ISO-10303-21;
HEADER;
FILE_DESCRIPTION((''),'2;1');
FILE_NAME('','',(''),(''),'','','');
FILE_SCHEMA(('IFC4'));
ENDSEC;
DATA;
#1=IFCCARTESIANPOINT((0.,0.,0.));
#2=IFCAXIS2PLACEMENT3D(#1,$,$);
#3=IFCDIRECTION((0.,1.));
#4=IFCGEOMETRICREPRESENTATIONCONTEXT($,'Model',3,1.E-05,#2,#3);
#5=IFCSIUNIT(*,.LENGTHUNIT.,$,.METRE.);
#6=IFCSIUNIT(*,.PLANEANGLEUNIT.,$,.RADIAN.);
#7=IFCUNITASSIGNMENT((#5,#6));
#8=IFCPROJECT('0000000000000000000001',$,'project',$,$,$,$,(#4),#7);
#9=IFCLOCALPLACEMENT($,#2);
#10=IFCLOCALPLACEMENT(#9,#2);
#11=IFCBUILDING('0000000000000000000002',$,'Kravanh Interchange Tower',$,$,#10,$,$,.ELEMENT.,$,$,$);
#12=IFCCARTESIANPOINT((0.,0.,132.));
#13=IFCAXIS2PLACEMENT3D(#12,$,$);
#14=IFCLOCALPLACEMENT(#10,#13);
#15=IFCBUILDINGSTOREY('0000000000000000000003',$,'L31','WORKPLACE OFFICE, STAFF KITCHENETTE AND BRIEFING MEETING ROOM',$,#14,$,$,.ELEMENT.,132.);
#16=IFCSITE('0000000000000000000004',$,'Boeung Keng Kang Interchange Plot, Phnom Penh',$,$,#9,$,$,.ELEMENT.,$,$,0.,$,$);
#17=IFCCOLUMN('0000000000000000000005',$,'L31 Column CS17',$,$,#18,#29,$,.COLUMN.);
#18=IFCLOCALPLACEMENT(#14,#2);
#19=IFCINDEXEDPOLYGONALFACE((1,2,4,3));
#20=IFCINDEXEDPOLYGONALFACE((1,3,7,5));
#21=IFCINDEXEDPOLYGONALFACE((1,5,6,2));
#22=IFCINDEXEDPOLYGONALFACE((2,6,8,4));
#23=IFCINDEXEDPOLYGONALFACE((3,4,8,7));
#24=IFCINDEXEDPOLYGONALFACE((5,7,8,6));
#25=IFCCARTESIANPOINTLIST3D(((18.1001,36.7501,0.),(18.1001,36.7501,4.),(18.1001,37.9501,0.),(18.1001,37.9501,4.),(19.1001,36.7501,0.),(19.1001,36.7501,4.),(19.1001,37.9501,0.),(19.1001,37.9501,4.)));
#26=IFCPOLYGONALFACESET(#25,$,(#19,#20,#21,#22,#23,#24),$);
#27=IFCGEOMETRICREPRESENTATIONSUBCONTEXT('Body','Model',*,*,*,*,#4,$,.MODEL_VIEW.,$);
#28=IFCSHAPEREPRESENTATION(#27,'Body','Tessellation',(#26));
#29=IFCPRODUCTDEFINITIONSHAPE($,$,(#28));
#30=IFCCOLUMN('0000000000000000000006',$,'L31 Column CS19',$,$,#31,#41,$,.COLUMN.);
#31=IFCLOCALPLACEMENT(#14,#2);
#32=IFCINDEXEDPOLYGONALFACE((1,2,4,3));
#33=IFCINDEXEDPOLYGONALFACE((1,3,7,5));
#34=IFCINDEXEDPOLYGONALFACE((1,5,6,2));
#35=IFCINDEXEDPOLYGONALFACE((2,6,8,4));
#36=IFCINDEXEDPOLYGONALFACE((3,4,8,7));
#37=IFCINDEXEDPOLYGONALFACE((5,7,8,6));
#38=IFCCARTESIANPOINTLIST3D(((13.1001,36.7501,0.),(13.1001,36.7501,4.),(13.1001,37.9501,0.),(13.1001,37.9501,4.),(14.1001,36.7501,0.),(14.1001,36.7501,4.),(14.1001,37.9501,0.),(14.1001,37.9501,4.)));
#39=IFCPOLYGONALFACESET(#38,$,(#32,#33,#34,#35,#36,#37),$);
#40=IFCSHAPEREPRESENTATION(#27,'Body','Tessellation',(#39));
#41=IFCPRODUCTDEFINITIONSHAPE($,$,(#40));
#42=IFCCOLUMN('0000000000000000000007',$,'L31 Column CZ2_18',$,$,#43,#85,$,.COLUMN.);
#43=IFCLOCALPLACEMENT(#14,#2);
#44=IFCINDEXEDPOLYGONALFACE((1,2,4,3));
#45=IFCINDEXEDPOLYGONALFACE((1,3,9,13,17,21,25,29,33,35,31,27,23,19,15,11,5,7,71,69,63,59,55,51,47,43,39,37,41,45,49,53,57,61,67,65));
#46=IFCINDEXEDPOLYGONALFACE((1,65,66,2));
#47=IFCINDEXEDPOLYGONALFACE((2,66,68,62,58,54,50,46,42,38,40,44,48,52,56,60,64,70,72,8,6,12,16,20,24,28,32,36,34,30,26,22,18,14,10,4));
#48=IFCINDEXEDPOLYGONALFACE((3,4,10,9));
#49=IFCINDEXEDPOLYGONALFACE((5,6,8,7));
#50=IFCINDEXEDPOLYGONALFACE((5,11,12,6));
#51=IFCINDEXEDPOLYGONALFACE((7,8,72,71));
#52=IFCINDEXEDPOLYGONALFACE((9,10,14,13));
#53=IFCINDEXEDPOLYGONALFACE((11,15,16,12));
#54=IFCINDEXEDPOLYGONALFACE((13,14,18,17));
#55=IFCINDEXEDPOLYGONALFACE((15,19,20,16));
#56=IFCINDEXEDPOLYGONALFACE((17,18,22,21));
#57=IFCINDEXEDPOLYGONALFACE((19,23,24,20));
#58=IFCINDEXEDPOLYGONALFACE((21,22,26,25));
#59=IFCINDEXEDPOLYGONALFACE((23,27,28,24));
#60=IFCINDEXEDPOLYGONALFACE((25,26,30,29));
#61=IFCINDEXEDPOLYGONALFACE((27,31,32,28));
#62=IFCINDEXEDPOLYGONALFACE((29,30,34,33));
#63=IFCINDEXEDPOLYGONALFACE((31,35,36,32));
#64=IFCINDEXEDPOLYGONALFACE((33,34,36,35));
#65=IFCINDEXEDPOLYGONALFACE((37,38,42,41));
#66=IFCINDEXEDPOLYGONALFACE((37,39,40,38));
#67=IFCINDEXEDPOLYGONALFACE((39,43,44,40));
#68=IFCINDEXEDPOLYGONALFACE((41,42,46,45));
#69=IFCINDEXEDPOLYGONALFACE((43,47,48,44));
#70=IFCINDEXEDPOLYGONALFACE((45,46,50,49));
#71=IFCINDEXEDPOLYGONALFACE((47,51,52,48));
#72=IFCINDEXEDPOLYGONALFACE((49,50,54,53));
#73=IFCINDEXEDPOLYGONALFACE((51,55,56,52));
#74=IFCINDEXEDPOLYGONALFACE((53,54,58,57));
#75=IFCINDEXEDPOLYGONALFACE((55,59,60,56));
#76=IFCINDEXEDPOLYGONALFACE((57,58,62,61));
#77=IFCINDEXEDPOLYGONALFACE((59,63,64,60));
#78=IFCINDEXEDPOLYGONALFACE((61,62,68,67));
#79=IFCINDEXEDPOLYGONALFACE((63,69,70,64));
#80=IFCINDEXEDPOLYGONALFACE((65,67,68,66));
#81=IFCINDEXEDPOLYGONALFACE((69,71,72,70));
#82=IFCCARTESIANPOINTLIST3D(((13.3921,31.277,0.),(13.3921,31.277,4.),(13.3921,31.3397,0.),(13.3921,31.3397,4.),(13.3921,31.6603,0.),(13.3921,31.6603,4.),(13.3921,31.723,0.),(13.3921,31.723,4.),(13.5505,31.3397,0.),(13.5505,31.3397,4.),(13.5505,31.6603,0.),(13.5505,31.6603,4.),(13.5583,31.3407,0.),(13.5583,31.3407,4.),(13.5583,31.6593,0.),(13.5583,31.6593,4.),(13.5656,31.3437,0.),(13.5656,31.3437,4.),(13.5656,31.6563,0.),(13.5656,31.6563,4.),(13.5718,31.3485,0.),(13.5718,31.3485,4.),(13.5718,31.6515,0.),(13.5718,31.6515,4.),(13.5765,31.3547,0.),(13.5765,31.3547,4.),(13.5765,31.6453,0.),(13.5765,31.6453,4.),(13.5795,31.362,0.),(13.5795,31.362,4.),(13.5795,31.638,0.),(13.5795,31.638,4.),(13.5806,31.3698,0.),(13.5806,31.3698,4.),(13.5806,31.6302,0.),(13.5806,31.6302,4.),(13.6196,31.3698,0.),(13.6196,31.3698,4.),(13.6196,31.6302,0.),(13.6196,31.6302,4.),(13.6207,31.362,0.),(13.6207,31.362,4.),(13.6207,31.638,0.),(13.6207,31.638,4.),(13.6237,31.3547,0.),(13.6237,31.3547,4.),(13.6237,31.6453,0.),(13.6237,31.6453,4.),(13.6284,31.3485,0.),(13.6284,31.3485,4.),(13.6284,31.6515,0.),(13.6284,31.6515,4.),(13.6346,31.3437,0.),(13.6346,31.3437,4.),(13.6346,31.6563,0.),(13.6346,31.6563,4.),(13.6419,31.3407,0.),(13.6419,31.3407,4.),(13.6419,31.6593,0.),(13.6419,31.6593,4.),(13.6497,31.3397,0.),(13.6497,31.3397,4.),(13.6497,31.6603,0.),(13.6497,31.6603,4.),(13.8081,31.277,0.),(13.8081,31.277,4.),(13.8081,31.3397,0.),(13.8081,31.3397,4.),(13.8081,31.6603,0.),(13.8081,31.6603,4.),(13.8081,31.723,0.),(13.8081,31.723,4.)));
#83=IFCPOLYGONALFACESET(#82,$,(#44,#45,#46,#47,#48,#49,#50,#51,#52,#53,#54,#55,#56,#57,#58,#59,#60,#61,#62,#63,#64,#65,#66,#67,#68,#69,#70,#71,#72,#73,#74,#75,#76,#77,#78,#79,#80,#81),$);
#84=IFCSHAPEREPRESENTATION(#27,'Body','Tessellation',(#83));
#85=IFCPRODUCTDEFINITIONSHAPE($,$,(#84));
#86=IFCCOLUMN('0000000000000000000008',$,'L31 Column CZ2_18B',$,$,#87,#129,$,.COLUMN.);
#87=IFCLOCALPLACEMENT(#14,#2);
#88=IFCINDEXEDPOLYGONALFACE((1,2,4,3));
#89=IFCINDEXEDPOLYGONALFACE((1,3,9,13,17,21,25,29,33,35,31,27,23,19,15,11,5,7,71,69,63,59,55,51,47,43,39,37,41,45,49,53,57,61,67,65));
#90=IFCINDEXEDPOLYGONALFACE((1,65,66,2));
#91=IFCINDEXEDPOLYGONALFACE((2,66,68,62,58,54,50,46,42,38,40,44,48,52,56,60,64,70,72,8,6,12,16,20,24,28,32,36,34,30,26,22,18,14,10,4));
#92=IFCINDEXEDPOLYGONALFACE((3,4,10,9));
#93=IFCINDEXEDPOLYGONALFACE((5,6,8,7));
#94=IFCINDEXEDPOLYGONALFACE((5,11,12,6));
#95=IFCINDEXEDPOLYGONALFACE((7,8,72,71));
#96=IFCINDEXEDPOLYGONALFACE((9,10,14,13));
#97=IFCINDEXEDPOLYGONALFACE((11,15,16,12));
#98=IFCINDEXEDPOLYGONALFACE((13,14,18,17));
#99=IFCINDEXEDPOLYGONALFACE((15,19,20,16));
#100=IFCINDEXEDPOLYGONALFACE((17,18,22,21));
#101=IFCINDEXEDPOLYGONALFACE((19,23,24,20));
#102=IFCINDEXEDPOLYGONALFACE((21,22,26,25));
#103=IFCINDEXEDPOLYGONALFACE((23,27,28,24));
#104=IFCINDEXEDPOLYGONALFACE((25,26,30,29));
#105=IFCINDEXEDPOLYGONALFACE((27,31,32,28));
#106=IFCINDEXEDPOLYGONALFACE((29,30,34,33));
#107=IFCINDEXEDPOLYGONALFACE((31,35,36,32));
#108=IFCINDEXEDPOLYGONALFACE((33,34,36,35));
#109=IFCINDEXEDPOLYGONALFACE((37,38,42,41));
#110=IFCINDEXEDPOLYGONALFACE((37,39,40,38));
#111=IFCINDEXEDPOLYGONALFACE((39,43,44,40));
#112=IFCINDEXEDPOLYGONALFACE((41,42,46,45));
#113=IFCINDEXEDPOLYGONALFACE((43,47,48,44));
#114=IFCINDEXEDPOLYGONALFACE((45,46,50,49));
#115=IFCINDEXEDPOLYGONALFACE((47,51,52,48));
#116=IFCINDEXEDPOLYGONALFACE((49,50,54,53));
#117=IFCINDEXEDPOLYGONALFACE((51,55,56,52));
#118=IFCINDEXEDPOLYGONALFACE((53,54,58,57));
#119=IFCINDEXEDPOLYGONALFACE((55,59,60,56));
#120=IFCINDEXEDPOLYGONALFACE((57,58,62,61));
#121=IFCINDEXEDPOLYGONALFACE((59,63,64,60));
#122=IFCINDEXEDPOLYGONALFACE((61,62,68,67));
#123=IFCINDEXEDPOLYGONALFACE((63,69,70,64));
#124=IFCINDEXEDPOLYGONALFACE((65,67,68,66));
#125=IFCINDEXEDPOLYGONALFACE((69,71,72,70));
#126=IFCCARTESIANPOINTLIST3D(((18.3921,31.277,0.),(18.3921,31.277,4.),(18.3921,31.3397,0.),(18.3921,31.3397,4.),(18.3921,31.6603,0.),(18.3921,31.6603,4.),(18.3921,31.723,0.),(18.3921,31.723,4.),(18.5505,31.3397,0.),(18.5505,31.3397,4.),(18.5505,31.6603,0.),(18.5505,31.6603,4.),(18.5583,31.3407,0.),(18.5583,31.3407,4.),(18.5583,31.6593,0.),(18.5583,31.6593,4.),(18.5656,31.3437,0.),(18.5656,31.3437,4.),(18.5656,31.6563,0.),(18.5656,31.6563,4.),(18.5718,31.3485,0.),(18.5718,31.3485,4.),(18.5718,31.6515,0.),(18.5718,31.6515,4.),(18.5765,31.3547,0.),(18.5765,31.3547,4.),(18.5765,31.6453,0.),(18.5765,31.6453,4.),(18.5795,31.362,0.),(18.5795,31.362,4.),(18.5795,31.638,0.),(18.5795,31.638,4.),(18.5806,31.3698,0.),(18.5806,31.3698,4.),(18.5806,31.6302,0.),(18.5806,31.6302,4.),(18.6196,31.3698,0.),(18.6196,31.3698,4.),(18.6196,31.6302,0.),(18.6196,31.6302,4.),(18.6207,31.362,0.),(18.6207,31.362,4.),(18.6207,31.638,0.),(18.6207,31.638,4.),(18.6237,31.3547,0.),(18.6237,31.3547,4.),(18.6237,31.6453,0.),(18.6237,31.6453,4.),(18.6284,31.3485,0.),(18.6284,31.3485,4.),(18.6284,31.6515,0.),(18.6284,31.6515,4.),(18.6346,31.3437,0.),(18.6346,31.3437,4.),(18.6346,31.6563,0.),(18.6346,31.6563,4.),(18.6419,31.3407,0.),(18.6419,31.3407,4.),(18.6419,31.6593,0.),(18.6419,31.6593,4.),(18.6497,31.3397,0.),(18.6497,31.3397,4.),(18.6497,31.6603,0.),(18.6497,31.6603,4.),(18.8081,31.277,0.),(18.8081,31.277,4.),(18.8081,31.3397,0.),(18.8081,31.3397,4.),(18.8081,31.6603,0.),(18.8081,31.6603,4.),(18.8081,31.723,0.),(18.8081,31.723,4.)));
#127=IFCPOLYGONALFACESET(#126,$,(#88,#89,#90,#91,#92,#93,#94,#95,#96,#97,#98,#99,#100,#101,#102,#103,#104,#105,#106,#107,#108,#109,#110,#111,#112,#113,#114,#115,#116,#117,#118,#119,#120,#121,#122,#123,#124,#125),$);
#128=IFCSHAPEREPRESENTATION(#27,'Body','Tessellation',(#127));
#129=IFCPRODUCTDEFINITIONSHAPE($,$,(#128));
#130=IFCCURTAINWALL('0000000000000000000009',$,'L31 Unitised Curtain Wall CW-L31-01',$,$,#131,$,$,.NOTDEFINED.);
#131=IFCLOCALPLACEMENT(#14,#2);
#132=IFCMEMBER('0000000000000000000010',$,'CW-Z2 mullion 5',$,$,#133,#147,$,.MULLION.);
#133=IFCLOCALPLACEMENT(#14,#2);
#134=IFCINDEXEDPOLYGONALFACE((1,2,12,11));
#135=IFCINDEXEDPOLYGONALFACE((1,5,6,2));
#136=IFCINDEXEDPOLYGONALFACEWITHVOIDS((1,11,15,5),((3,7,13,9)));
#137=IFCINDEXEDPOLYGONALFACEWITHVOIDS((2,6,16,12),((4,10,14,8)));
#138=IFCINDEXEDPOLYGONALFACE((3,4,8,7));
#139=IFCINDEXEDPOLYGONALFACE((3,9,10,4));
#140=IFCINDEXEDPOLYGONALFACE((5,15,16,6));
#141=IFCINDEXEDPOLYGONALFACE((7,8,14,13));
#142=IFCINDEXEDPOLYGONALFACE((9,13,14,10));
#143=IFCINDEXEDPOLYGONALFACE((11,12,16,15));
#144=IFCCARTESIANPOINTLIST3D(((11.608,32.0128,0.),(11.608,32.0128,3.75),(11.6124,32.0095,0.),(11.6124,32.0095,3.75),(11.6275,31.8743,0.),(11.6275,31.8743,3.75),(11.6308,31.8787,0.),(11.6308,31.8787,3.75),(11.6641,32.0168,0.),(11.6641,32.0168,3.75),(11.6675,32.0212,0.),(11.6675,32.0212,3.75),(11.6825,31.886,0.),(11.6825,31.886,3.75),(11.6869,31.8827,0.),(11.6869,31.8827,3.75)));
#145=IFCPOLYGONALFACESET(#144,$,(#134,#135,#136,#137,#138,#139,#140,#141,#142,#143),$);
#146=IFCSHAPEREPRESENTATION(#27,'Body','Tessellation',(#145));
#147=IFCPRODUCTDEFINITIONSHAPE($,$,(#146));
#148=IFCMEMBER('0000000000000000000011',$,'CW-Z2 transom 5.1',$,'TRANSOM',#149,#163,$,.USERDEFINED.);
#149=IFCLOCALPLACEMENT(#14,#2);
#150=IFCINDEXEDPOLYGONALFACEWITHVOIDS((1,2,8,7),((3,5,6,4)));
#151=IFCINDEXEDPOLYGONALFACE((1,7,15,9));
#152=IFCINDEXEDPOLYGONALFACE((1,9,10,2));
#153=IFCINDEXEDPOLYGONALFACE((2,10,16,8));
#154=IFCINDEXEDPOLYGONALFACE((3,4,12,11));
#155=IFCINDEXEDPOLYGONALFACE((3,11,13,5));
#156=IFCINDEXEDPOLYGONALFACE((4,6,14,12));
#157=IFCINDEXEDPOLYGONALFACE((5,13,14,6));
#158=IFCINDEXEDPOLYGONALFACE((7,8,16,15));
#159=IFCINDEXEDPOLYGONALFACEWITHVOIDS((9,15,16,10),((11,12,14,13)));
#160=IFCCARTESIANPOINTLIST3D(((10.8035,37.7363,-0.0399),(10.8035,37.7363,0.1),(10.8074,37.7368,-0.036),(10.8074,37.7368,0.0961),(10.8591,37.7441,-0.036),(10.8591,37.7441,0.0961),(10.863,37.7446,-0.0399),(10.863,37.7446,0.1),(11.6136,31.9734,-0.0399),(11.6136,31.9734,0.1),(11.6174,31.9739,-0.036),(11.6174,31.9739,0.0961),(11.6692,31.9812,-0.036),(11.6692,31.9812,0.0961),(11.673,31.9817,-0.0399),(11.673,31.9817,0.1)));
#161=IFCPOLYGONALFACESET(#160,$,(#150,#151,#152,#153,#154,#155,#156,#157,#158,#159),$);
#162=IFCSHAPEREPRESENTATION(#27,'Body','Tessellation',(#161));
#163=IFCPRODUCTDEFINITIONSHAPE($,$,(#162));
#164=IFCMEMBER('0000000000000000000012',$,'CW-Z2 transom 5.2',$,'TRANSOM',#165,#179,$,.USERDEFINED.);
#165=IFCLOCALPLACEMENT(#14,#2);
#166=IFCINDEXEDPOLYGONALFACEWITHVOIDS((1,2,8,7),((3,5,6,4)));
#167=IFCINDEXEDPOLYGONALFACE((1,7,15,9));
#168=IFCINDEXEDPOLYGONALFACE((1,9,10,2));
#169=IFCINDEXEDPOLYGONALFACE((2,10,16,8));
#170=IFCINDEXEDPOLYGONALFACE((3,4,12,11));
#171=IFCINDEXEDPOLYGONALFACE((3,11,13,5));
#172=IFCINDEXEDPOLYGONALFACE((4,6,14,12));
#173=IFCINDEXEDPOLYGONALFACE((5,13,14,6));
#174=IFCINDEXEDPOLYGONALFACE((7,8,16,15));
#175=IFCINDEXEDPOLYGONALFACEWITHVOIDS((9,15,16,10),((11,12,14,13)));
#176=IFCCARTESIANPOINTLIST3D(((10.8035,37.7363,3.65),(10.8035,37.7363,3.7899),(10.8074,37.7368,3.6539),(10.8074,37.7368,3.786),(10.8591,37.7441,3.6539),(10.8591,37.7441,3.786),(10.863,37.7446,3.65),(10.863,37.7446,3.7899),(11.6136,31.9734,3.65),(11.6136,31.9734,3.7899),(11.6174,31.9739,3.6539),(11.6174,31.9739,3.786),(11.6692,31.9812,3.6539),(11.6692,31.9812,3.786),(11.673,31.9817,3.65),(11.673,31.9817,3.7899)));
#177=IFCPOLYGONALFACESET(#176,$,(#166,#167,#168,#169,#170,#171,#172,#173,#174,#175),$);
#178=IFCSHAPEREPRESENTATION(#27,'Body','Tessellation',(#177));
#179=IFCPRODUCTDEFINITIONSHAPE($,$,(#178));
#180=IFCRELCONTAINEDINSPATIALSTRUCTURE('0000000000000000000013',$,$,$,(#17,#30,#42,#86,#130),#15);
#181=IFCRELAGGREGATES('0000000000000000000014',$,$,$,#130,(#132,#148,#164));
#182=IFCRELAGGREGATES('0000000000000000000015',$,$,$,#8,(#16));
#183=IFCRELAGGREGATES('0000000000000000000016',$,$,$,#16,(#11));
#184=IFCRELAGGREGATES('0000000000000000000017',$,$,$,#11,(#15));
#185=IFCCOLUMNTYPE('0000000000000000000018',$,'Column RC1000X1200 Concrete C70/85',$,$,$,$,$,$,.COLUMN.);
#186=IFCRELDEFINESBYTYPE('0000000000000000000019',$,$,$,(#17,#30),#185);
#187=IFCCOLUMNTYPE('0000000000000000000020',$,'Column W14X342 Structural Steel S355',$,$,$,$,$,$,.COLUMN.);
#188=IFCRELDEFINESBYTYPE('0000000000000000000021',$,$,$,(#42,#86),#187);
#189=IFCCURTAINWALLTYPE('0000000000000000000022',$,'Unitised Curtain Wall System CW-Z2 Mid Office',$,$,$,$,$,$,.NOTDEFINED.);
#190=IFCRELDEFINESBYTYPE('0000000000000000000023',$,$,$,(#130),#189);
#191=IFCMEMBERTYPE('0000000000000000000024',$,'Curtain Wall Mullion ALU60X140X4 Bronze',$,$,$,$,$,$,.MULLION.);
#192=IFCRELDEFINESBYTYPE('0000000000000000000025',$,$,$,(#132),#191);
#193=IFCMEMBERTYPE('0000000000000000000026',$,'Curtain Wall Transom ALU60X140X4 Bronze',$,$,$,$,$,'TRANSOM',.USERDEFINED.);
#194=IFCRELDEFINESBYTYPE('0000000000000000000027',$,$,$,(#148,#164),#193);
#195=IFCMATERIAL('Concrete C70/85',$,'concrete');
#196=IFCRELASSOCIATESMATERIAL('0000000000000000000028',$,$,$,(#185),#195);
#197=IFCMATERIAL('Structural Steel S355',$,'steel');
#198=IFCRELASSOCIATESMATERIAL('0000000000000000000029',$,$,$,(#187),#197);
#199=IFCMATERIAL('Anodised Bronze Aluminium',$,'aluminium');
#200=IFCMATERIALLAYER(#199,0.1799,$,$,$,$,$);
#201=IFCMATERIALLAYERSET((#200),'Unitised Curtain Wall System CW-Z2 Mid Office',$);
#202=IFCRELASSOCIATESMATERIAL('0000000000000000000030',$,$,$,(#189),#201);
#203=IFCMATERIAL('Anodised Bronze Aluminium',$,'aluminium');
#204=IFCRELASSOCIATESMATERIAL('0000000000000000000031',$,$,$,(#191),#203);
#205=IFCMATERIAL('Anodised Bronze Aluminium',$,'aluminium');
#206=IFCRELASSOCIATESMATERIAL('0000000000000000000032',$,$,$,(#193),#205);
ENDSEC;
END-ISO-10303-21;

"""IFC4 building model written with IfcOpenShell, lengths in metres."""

from ifc_helpers import new_model, si_unit, direction, frame, origin, origin_2d, place, context, subcontext, project, spatial, rectangle, hollow_rectangle, i_section, extrude, material, layer, layer_set, material_profile, profile_set, type_object, element, aggregate, save


model = new_model("IFC4")

# Units and contexts
model_context = context("Model", 3, precision=1e-05, world=origin(), true_north=direction((0.0, 1.0)))
body_context = subcontext(model_context, "Body", "Model", "MODEL_VIEW")
ifc_project = project(units=[si_unit("LENGTHUNIT", "METRE"), si_unit("PLANEANGLEUNIT", "RADIAN")], contexts=[model_context])

# Site, building, storey
site_placement = place(None, origin())
site = spatial("IfcSite", under=ifc_project, at=site_placement, Name="Boeung Keng Kang Interchange Plot, Phnom Penh", CompositionType="ELEMENT", RefElevation=0.0)
building_placement = place(site_placement, origin())
building = spatial("IfcBuilding", under=site, at=building_placement, Name="Kravanh Interchange Tower", CompositionType="ELEMENT")
storey_placement = place(building_placement, frame((0.0, 0.0, 132.0)))
storey = spatial("IfcBuildingStorey", under=building, at=storey_placement, Name="L31", Description="WORKPLACE OFFICE, STAFF KITCHENETTE AND BRIEFING MEETING ROOM", CompositionType="ELEMENT", Elevation=132.0)

# Columns
ifc_material_1 = material(Name="Concrete C70/85", Category="concrete")
ifc_material_profile_1 = material_profile(ifc_material_1, rectangle(XDim=1.0, YDim=1.2, at=origin_2d()), Name="RC1000X1200")
ifc_profile_set_1 = profile_set([ifc_material_profile_1], Name="Concrete C70/85")
column_type_1 = type_object("IfcColumnType", Name="Column RC1000X1200 Concrete C70/85", PredefinedType="COLUMN", material=ifc_profile_set_1)
for number, where, z_axis, x_axis, name in (
    (1, (18.6001, 37.3501, 0.0), (0.0, 0.0, 1.0), (1.0, 0.0, 0.0), "L31 Column CS17"),
    (2, (13.6001, 37.3501, 0.0), (0.0, 0.0, 1.0), (1.0, 0.0, 0.0), "L31 Column CS19"),
):
    element("IfcColumn", number, at=place(storey_placement, frame(where, z_axis=z_axis, x_axis=x_axis)), inside=storey, type_object=column_type_1, Name=name, PredefinedType="COLUMN", context=body_context, shape_type="SweptSolid", body=[
        extrude(rectangle(XDim=1.0, YDim=1.2, at=origin_2d()), origin(), (0.0, 0.0, 1.0), 4.0),
    ])
ifc_material_2 = material(Name="Structural Steel S355", Category="steel")
ifc_material_profile_2 = material_profile(ifc_material_2, i_section(OverallWidth=0.416, OverallDepth=0.446, WebThickness=0.0391, FlangeThickness=0.0627, FilletRadius=0.03, at=origin_2d()), Name="W14X342")
ifc_profile_set_2 = profile_set([ifc_material_profile_2], Name="Structural Steel S355")
column_type_2 = type_object("IfcColumnType", Name="Column W14X342 Structural Steel S355", PredefinedType="COLUMN", material=ifc_profile_set_2)
for number, where, z_axis, x_axis, name in (
    (3, (13.6001, 31.5, 0.0), (0.0, 0.0, 1.0), (1.0, 0.0, 0.0), "L31 Column CZ2_18"),
    (4, (18.6001, 31.5, 0.0), (0.0, 0.0, 1.0), (1.0, 0.0, 0.0), "L31 Column CZ2_18B"),
):
    element("IfcColumn", number, at=place(storey_placement, frame(where, z_axis=z_axis, x_axis=x_axis)), inside=storey, type_object=column_type_2, Name=name, PredefinedType="COLUMN", context=body_context, shape_type="SweptSolid", body=[
        extrude(i_section(OverallWidth=0.416, OverallDepth=0.446, WebThickness=0.0391, FlangeThickness=0.0627, FilletRadius=0.03, at=origin_2d()), origin(), (0.0, 0.0, 1.0), 4.0),
    ])

# Curtain wall, members
ifc_material_3 = material(Name="Anodised Bronze Aluminium", Category="aluminium")
ifc_layer_1 = layer(ifc_material_3, 0.1799)
ifc_layer_set_1 = layer_set([ifc_layer_1], Name="Unitised Curtain Wall System CW-Z2 Mid Office")
curtain_wall_type = type_object("IfcCurtainWallType", Name="Unitised Curtain Wall System CW-Z2 Mid Office", PredefinedType="NOTDEFINED", material=ifc_layer_set_1)
curtain_wall_placement = place(storey_placement, origin())
curtain_wall = element("IfcCurtainWall", 5, at=curtain_wall_placement, inside=storey, type_object=curtain_wall_type, Name="L31 Unitised Curtain Wall CW-L31-01", PredefinedType="NOTDEFINED")
ifc_material_4 = material(Name="Anodised Bronze Aluminium", Category="aluminium")
ifc_material_profile_3 = material_profile(ifc_material_4, hollow_rectangle(XDim=0.0601, YDim=0.1399, WallThickness=0.0039, at=origin_2d()), Name="ALU60X140X4")
ifc_profile_set_3 = profile_set([ifc_material_profile_3], Name="Anodised Bronze Aluminium")
member_type_1 = type_object("IfcMemberType", Name="Curtain Wall Mullion ALU60X140X4 Bronze", PredefinedType="MULLION", material=ifc_profile_set_3)
member_1_placement = place(storey_placement, frame((11.6475, 31.9478, 0.0), z_axis=(0.0, 0.0, 1.0), x_axis=(-0.990268, -0.139173, 0.0)))
member_1 = element("IfcMember", 6, at=member_1_placement, type_object=member_type_1, Name="CW-Z2 mullion 5", PredefinedType="MULLION", context=body_context, shape_type="SweptSolid", body=[
    extrude(hollow_rectangle(XDim=0.0601, YDim=0.1399, WallThickness=0.0039, at=origin_2d()), origin(), (0.0, 0.0, 1.0), 3.75),
])
ifc_material_5 = material(Name="Anodised Bronze Aluminium", Category="aluminium")
ifc_material_profile_4 = material_profile(ifc_material_5, hollow_rectangle(XDim=0.0601, YDim=0.1399, WallThickness=0.0039, at=origin_2d()), Name="ALU60X140X4")
ifc_profile_set_4 = profile_set([ifc_material_profile_4], Name="Anodised Bronze Aluminium")
member_type_2 = type_object("IfcMemberType", Name="Curtain Wall Transom ALU60X140X4 Bronze", ElementType="TRANSOM", PredefinedType="USERDEFINED", material=ifc_profile_set_4)
member_2_placement = place(storey_placement, frame((11.6433, 31.9775, 0.03), z_axis=(-0.139195, 0.990265, 0.0), x_axis=(-0.990265, -0.139195, 0.0)))
member_2 = element("IfcMember", 7, at=member_2_placement, type_object=member_type_2, Name="CW-Z2 transom 5.1", ObjectType="TRANSOM", PredefinedType="USERDEFINED", context=body_context, shape_type="SweptSolid", body=[
    extrude(hollow_rectangle(XDim=0.0601, YDim=0.1399, WallThickness=0.0039, at=origin_2d()), origin(), (0.0, 0.0, 1.0), 5.8196),
])
member_3_placement = place(storey_placement, frame((11.6433, 31.9775, 3.72), z_axis=(-0.139195, 0.990265, 0.0), x_axis=(-0.990265, -0.139195, 0.0)))
member_3 = element("IfcMember", 8, at=member_3_placement, type_object=member_type_2, Name="CW-Z2 transom 5.2", ObjectType="TRANSOM", PredefinedType="USERDEFINED", context=body_context, shape_type="SweptSolid", body=[
    extrude(hollow_rectangle(XDim=0.0601, YDim=0.1399, WallThickness=0.0039, at=origin_2d()), origin(), (0.0, 0.0, 1.0), 5.8196),
])

aggregate(curtain_wall, [member_1, member_2, member_3])

save(model, "model.ifc")
